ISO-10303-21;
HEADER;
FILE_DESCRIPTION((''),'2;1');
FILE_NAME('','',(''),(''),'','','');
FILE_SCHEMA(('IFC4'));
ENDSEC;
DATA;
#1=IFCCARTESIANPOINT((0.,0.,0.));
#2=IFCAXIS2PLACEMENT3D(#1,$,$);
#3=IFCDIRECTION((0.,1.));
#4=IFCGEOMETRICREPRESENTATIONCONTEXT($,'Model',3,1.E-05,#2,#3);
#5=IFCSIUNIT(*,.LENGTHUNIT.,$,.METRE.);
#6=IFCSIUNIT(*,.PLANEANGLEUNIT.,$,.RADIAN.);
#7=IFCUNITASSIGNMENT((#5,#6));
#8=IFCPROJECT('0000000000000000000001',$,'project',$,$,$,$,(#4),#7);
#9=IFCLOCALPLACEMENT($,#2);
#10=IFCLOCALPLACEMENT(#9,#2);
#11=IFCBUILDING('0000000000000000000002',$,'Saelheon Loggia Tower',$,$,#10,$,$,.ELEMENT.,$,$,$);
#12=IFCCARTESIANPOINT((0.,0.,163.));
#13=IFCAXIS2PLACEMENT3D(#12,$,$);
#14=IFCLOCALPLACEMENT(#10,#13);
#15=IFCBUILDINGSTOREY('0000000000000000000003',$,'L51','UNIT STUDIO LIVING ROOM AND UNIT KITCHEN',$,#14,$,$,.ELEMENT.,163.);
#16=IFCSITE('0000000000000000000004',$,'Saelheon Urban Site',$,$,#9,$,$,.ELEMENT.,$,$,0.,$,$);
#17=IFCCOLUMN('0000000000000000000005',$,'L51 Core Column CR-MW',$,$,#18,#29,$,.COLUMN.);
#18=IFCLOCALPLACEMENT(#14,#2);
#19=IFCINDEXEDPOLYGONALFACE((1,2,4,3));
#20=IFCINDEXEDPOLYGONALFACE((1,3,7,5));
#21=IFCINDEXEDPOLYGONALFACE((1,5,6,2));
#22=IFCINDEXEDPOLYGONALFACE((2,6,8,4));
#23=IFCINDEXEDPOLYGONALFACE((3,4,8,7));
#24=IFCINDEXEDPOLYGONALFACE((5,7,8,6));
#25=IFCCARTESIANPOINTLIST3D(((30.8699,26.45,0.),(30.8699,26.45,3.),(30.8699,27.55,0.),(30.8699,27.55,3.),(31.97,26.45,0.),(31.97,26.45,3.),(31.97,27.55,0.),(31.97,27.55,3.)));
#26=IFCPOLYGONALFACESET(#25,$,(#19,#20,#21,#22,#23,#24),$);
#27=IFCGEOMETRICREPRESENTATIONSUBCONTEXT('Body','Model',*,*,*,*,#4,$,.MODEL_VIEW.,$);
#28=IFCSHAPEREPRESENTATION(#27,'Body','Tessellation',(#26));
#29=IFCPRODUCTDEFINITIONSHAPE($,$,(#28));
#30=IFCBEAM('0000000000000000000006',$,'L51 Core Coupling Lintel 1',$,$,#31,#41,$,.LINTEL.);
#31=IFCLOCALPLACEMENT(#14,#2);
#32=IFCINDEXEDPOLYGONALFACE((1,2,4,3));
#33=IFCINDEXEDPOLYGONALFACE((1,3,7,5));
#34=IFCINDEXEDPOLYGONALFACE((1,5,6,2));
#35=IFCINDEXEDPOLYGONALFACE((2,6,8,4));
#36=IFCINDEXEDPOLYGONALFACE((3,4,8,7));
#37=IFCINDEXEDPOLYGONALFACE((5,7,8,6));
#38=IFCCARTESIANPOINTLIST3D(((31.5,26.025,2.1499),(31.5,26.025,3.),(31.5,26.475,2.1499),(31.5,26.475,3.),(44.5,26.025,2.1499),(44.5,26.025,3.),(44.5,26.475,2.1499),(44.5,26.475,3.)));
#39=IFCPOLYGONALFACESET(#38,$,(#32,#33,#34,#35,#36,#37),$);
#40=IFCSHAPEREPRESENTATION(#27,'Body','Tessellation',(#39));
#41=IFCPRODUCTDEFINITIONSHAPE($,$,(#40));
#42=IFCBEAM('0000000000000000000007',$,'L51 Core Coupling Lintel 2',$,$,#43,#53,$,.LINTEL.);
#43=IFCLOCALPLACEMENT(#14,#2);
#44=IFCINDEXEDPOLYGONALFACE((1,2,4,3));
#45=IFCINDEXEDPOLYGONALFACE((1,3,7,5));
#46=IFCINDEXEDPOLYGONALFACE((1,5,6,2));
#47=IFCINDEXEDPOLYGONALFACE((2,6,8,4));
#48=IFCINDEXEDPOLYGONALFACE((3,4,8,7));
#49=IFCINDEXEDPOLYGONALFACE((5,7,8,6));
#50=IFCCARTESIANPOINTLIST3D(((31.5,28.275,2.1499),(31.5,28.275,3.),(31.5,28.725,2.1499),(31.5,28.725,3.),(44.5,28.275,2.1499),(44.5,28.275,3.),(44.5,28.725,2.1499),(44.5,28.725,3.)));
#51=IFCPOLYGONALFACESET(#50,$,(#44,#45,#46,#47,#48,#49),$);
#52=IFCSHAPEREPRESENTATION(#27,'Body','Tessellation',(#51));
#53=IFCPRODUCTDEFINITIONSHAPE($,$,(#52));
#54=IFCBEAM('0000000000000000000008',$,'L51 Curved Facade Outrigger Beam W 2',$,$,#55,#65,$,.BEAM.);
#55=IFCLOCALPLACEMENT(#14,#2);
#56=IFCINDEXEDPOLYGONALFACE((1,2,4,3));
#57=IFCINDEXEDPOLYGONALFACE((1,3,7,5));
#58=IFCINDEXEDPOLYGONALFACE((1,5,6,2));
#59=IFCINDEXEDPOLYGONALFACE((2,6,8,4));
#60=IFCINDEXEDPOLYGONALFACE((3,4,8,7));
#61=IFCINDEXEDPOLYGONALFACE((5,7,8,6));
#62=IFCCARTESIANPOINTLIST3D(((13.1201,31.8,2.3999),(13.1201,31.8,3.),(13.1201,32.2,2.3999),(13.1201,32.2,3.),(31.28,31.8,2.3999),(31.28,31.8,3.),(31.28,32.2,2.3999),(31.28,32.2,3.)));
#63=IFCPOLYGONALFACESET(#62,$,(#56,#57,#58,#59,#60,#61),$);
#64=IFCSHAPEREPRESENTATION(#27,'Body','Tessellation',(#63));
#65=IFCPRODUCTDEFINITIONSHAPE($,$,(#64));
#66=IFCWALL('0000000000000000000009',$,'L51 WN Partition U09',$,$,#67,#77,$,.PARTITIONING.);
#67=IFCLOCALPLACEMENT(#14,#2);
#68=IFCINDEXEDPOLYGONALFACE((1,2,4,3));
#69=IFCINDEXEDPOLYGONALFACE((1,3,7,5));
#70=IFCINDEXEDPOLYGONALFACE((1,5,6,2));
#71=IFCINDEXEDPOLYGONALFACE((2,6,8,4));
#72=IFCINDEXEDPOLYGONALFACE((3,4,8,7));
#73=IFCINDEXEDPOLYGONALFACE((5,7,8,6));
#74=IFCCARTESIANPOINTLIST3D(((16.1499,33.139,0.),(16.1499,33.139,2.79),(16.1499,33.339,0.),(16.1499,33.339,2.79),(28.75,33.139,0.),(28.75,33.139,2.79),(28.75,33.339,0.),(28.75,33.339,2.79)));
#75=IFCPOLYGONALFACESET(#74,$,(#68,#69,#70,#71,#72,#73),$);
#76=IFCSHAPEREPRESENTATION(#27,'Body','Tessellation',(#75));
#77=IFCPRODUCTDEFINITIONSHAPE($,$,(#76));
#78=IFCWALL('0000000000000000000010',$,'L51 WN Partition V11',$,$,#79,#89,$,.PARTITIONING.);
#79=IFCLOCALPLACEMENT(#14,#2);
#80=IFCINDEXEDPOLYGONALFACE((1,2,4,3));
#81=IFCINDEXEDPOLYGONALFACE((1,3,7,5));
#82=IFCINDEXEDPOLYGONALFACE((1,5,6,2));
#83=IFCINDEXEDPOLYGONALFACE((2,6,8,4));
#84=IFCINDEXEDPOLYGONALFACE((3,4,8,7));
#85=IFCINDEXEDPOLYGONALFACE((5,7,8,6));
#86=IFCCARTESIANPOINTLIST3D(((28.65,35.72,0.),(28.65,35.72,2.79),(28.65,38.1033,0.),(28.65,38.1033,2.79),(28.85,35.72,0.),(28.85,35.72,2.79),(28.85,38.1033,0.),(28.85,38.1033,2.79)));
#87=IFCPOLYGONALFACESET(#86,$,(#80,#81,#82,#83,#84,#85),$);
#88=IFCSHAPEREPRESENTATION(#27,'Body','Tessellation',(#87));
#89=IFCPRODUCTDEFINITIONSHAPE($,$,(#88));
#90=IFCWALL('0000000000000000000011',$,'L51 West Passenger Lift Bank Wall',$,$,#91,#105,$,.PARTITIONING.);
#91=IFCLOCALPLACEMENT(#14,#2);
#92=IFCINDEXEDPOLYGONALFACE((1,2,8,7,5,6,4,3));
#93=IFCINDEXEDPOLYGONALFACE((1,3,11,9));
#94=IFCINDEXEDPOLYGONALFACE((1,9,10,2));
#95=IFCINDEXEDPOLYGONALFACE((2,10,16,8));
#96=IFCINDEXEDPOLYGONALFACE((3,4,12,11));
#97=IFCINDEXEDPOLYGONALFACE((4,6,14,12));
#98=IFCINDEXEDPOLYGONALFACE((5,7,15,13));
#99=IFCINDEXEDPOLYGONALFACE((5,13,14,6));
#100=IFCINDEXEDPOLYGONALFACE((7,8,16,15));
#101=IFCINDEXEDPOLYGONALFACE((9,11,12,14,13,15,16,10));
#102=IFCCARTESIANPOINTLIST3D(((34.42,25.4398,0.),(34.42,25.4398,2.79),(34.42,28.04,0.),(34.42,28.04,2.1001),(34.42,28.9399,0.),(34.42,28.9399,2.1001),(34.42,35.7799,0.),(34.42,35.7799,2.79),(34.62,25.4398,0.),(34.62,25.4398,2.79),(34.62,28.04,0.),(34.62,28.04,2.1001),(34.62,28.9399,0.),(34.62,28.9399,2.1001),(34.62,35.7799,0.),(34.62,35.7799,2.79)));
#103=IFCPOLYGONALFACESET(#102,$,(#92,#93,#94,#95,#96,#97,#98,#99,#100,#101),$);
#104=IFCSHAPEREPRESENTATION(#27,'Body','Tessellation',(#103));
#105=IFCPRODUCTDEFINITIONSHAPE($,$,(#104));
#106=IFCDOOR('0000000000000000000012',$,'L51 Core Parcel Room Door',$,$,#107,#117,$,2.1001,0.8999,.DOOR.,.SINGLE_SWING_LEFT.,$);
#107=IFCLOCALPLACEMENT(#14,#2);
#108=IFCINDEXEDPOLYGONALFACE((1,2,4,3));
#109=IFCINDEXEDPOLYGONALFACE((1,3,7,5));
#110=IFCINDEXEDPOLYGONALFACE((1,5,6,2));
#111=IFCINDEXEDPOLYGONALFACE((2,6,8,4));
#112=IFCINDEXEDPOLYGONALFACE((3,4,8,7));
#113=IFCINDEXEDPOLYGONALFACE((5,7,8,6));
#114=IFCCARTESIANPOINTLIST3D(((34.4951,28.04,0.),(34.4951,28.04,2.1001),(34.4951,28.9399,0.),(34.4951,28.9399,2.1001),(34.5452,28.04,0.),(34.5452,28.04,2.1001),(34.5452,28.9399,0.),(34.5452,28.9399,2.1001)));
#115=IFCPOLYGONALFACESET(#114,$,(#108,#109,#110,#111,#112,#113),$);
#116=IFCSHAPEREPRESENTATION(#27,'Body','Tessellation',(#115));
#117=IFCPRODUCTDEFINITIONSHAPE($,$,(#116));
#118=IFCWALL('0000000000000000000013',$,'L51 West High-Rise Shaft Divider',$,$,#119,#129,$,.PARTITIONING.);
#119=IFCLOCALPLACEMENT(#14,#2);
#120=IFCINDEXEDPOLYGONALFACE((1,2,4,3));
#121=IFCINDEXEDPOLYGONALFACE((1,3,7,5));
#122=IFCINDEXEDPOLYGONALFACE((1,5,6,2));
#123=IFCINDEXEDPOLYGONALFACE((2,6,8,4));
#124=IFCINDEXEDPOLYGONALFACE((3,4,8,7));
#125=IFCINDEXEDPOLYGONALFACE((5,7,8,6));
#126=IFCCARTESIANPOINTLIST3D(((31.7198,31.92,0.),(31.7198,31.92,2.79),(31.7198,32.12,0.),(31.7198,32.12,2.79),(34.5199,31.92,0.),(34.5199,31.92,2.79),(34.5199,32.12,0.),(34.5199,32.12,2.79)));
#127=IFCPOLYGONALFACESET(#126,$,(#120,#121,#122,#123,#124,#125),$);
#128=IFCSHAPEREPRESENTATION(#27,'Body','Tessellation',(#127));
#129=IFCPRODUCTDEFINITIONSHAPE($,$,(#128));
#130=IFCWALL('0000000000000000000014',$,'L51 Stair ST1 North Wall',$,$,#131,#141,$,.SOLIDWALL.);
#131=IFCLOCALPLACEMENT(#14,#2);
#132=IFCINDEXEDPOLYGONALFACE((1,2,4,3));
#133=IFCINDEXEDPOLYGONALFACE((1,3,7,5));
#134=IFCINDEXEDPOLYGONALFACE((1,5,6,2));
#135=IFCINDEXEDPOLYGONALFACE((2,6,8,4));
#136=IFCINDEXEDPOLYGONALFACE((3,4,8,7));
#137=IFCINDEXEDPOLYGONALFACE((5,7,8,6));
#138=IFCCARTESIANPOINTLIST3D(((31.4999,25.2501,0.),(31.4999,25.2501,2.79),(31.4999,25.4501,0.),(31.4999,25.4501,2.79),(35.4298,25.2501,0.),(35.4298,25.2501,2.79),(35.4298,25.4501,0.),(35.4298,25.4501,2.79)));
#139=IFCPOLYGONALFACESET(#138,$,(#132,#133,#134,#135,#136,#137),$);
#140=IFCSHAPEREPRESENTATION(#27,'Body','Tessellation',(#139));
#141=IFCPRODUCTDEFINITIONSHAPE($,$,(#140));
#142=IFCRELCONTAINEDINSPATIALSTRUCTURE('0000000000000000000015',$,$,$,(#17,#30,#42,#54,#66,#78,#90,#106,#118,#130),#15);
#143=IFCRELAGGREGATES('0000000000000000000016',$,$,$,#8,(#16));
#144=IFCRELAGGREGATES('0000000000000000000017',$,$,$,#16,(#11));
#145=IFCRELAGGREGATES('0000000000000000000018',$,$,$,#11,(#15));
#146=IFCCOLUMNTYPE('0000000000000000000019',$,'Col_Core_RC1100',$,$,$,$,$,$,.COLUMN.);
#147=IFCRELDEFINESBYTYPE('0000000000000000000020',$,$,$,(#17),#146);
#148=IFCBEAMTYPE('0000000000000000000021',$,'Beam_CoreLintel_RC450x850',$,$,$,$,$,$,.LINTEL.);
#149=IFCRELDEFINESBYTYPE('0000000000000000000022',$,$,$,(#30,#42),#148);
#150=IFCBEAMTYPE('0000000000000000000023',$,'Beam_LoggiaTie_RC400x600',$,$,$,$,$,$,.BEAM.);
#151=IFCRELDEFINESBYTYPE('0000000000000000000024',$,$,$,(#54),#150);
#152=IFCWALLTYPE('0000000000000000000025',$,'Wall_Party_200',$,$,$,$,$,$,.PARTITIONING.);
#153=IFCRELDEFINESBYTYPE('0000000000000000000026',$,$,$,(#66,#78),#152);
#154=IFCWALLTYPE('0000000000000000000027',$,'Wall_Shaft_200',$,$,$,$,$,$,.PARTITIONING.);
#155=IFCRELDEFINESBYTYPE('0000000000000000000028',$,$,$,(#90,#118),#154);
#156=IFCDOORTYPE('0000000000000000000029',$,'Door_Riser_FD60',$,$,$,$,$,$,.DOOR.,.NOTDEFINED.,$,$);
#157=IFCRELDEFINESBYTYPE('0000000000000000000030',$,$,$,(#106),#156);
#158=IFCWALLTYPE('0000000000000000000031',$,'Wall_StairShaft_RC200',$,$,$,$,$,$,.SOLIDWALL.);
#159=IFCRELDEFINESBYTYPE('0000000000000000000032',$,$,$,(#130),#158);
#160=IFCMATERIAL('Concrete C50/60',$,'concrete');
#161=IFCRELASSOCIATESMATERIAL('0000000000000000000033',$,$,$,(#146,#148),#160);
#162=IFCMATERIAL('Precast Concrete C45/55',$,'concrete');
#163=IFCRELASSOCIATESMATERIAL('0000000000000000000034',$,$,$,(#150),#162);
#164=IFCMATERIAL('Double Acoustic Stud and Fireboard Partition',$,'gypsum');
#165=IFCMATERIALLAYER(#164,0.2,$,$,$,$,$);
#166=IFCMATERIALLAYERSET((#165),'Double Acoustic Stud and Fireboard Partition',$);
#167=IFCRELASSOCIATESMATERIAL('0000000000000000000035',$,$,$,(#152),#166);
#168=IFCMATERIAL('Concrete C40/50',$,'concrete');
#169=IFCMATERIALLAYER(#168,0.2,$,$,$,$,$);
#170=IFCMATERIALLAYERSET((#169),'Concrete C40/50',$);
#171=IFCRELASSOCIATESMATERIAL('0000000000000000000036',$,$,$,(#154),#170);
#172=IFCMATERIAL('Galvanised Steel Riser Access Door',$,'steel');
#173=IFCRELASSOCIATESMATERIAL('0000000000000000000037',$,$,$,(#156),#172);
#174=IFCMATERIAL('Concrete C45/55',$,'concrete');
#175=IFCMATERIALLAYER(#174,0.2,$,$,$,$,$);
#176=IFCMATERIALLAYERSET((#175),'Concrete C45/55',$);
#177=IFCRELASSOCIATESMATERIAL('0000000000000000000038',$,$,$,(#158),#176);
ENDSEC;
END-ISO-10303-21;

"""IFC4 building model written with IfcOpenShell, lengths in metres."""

from ifc_helpers import new_model, si_unit, direction, frame, frame_2d, origin, origin_2d, place, context, subcontext, project, spatial, rectangle, extrude, source, transform, mapped, material, layer, layer_set, material_profile, profile_set, type_object, element, fill, save


model = new_model("IFC4")

# Units and contexts
model_context = context("Model", 3, precision=1e-05, world=origin(), true_north=direction((0.0, 1.0)))
body_context = subcontext(model_context, "Body", "Model", "MODEL_VIEW")
ifc_project = project(units=[si_unit("LENGTHUNIT", "METRE"), si_unit("PLANEANGLEUNIT", "RADIAN")], contexts=[model_context])

# Site, building, storey
site_placement = place(None, origin())
site = spatial("IfcSite", under=ifc_project, at=site_placement, Name="Saelheon Urban Site", CompositionType="ELEMENT", RefElevation=0.0)
building_placement = place(site_placement, origin())
building = spatial("IfcBuilding", under=site, at=building_placement, Name="Saelheon Loggia Tower", CompositionType="ELEMENT")
storey_placement = place(building_placement, frame((0.0, 0.0, 163.0)))
storey = spatial("IfcBuildingStorey", under=building, at=storey_placement, Name="L51", Description="UNIT STUDIO LIVING ROOM AND UNIT KITCHEN", CompositionType="ELEMENT", Elevation=163.0)

# Column
ifc_material_1 = material(Name="Concrete C50/60", Category="concrete")
ifc_material_profile_1 = material_profile(ifc_material_1, rectangle(XDim=1.1001, YDim=1.1001, at=origin_2d()), Name="RC-1100x1100")
ifc_profile_set_1 = profile_set([ifc_material_profile_1], Name="Concrete C50/60")
column_type = type_object("IfcColumnType", Name="Col_Core_RC1100", PredefinedType="COLUMN", material=ifc_profile_set_1)
shared_shape_1 = source(origin(), body_context, "Body", "SweptSolid", [
    extrude(rectangle(XDim=1.1001, YDim=1.1001, at=origin_2d()), origin(), (0.0, 0.0, 1.0), 3.0),
])
column_placement = place(storey_placement, frame((31.4199, 27.0, 0.0), z_axis=(0.0, 0.0, 1.0), x_axis=(1.0, 0.0, 0.0)))
element("IfcColumn", 1, at=column_placement, inside=storey, type_object=column_type, Name="L51 Core Column CR-MW", PredefinedType="COLUMN", context=body_context, shape_type="MappedRepresentation", body=[
    mapped(shared_shape_1, transform((0.0, 0.0, 0.0), scale=1.0)),
])

# Beams
ifc_material_profile_2 = material_profile(ifc_material_1, rectangle(XDim=0.45, YDim=0.8501, at=origin_2d()), Name="RC-450x850")
ifc_profile_set_2 = profile_set([ifc_material_profile_2], Name="Concrete C50/60")
beam_type_1 = type_object("IfcBeamType", Name="Beam_CoreLintel_RC450x850", PredefinedType="LINTEL", material=ifc_profile_set_2)
shared_shape_2 = source(origin(), body_context, "Body", "SweptSolid", [
    extrude(rectangle(XDim=0.45, YDim=0.8501, at=origin_2d()), origin(), (0.0, 0.0, 1.0), 13.0),
])
for number, where, z_axis, x_axis, name in (
    (2, (31.5, 26.25, 2.575), (1.0, 0.0, 0.0), (0.0, 1.0, 0.0), "L51 Core Coupling Lintel 1"),
    (3, (31.5, 28.5, 2.575), (1.0, 0.0, 0.0), (0.0, 1.0, 0.0), "L51 Core Coupling Lintel 2"),
):
    element("IfcBeam", number, at=place(storey_placement, frame(where, z_axis=z_axis, x_axis=x_axis)), inside=storey, type_object=beam_type_1, Name=name, PredefinedType="LINTEL", context=body_context, shape_type="MappedRepresentation", body=[
        mapped(shared_shape_2, transform((0.0, 0.0, 0.0), scale=1.0)),
    ])
ifc_material_2 = material(Name="Precast Concrete C45/55", Category="concrete")
ifc_material_profile_3 = material_profile(ifc_material_2, rectangle(XDim=0.3999, YDim=0.6001, at=origin_2d()), Name="RC-400x600")
ifc_profile_set_3 = profile_set([ifc_material_profile_3], Name="Precast Concrete C45/55")
beam_type_2 = type_object("IfcBeamType", Name="Beam_LoggiaTie_RC400x600", PredefinedType="BEAM", material=ifc_profile_set_3)
shared_shape_3 = source(origin(), body_context, "Body", "SweptSolid", [
    extrude(rectangle(XDim=0.3999, YDim=0.6001, at=origin_2d()), origin(), (0.0, 0.0, 1.0), 18.1599),
])
beam_placement = place(storey_placement, frame((31.28, 32.0, 2.7), z_axis=(-1.0, 0.0, 0.0), x_axis=(0.0, -1.0, 0.0)))
element("IfcBeam", 4, at=beam_placement, inside=storey, type_object=beam_type_2, Name="L51 Curved Facade Outrigger Beam W 2", PredefinedType="BEAM", context=body_context, shape_type="MappedRepresentation", body=[
    mapped(shared_shape_3, transform((0.0, 0.0, 0.0), scale=1.0)),
])

# Wall
ifc_material_3 = material(Name="Double Acoustic Stud and Fireboard Partition", Category="gypsum")
ifc_layer_1 = layer(ifc_material_3, 0.2)
ifc_layer_set_1 = layer_set([ifc_layer_1], Name="Double Acoustic Stud and Fireboard Partition")
wall_type_1 = type_object("IfcWallType", Name="Wall_Party_200", PredefinedType="PARTITIONING", material=ifc_layer_set_1)
wall_1_placement = place(storey_placement, frame((28.75, 33.239, 0.0), z_axis=(0.0, 0.0, 1.0), x_axis=(-1.0, 0.0, 0.0)))
element("IfcWall", 5, at=wall_1_placement, inside=storey, type_object=wall_type_1, Name="L51 WN Partition U09", PredefinedType="PARTITIONING", context=body_context, shape_type="SweptSolid", body=[
    extrude(rectangle(XDim=12.6001, YDim=0.2, at=frame_2d((6.3, 0.0))), origin(), (0.0, 0.0, 1.0), 2.79),
])

# Wall
wall_2_placement = place(storey_placement, frame((28.75, 35.72, 0.0), z_axis=(0.0, 0.0, 1.0), x_axis=(0.0, 1.0, 0.0)))
element("IfcWall", 6, at=wall_2_placement, inside=storey, type_object=wall_type_1, Name="L51 WN Partition V11", PredefinedType="PARTITIONING", context=body_context, shape_type="SweptSolid", body=[
    extrude(rectangle(XDim=2.3833, YDim=0.2, at=frame_2d((1.1917, 0.0))), origin(), (0.0, 0.0, 1.0), 2.79),
])

# Wall, opening, door
ifc_material_4 = material(Name="Concrete C40/50", Category="concrete")
ifc_layer_2 = layer(ifc_material_4, 0.2)
ifc_layer_set_2 = layer_set([ifc_layer_2], Name="Concrete C40/50")
wall_type_2 = type_object("IfcWallType", Name="Wall_Shaft_200", PredefinedType="PARTITIONING", material=ifc_layer_set_2)
wall_3_placement = place(storey_placement, frame((34.52, 25.4399, 0.0), z_axis=(0.0, 0.0, 1.0), x_axis=(0.0, 1.0, 0.0)))
wall_3 = element("IfcWall", 7, at=wall_3_placement, inside=storey, type_object=wall_type_2, Name="L51 West Passenger Lift Bank Wall", PredefinedType="PARTITIONING", context=body_context, shape_type="SweptSolid", body=[
    extrude(rectangle(XDim=10.3401, YDim=0.2, at=frame_2d((5.1699, 0.0))), origin(), (0.0, 0.0, 1.0), 2.79),
])
opening_1_placement = place(wall_3_placement, frame((2.6001, 0.0, 0.0)))
opening_1 = element("IfcOpeningElement", 8, at=opening_1_placement, cuts=wall_3, PredefinedType="OPENING", context=body_context, shape_type="SweptSolid", body=[
    extrude(rectangle(XDim=0.8999, YDim=2.1001, at=frame_2d((0.45, 1.05))), frame((0.0, 0.1121, 0.0), z_axis=(0.0, -1.0, 0.0), x_axis=(1.0, 0.0, 0.0)), (0.0, 0.0, 1.0), 0.2239),
])
ifc_material_5 = material(Name="Galvanised Steel Riser Access Door", Category="steel")
door_type_1 = type_object("IfcDoorType", Name="Door_Riser_FD60", OperationType="NOTDEFINED", PredefinedType="DOOR", material=ifc_material_5)
shared_shape_4 = source(origin(), body_context, "Body", "SweptSolid", [
    extrude(rectangle(XDim=0.8999, YDim=2.1001, at=frame_2d((0.45, 1.05))), frame((0.0, 0.0249, 0.0), z_axis=(0.0, -1.0, 0.0), x_axis=(1.0, 0.0, 0.0)), (0.0, 0.0, 1.0), 0.05),
])
door_1_placement = place(opening_1_placement, origin())
door_1 = element("IfcDoor", 9, at=door_1_placement, inside=storey, type_object=door_type_1, Name="L51 Core Parcel Room Door", OperationType="SINGLE_SWING_LEFT", OverallHeight=2.1001, OverallWidth=0.8999, PredefinedType="DOOR", context=body_context, shape_type="MappedRepresentation", body=[
    mapped(shared_shape_4, transform((0.0, 0.0, 0.0), scale=1.0)),
])
fill(opening_1, door_1)

# Walls
wall_4_placement = place(storey_placement, frame((31.72, 32.02, 0.0), z_axis=(0.0, 0.0, 1.0), x_axis=(1.0, 0.0, 0.0)))
element("IfcWall", 10, at=wall_4_placement, inside=storey, type_object=wall_type_2, Name="L51 West High-Rise Shaft Divider", PredefinedType="PARTITIONING", context=body_context, shape_type="SweptSolid", body=[
    extrude(rectangle(XDim=2.8, YDim=0.2, at=frame_2d((1.3999, 0.0))), origin(), (0.0, 0.0, 1.0), 2.79),
])
ifc_material_6 = material(Name="Concrete C45/55", Category="concrete")
ifc_layer_3 = layer(ifc_material_6, 0.2)
ifc_layer_set_3 = layer_set([ifc_layer_3], Name="Concrete C45/55")
wall_type_3 = type_object("IfcWallType", Name="Wall_StairShaft_RC200", PredefinedType="SOLIDWALL", material=ifc_layer_set_3)
wall_5_placement = place(storey_placement, frame((31.5, 25.3501, 0.0), z_axis=(0.0, 0.0, 1.0), x_axis=(1.0, 0.0, 0.0)))
element("IfcWall", 11, at=wall_5_placement, inside=storey, type_object=wall_type_3, Name="L51 Stair ST1 North Wall", PredefinedType="SOLIDWALL", context=body_context, shape_type="SweptSolid", body=[
    extrude(rectangle(XDim=3.9299, YDim=0.2, at=frame_2d((1.9648, 0.0))), origin(), (0.0, 0.0, 1.0), 2.79),
])

save(model, "model.ifc")
